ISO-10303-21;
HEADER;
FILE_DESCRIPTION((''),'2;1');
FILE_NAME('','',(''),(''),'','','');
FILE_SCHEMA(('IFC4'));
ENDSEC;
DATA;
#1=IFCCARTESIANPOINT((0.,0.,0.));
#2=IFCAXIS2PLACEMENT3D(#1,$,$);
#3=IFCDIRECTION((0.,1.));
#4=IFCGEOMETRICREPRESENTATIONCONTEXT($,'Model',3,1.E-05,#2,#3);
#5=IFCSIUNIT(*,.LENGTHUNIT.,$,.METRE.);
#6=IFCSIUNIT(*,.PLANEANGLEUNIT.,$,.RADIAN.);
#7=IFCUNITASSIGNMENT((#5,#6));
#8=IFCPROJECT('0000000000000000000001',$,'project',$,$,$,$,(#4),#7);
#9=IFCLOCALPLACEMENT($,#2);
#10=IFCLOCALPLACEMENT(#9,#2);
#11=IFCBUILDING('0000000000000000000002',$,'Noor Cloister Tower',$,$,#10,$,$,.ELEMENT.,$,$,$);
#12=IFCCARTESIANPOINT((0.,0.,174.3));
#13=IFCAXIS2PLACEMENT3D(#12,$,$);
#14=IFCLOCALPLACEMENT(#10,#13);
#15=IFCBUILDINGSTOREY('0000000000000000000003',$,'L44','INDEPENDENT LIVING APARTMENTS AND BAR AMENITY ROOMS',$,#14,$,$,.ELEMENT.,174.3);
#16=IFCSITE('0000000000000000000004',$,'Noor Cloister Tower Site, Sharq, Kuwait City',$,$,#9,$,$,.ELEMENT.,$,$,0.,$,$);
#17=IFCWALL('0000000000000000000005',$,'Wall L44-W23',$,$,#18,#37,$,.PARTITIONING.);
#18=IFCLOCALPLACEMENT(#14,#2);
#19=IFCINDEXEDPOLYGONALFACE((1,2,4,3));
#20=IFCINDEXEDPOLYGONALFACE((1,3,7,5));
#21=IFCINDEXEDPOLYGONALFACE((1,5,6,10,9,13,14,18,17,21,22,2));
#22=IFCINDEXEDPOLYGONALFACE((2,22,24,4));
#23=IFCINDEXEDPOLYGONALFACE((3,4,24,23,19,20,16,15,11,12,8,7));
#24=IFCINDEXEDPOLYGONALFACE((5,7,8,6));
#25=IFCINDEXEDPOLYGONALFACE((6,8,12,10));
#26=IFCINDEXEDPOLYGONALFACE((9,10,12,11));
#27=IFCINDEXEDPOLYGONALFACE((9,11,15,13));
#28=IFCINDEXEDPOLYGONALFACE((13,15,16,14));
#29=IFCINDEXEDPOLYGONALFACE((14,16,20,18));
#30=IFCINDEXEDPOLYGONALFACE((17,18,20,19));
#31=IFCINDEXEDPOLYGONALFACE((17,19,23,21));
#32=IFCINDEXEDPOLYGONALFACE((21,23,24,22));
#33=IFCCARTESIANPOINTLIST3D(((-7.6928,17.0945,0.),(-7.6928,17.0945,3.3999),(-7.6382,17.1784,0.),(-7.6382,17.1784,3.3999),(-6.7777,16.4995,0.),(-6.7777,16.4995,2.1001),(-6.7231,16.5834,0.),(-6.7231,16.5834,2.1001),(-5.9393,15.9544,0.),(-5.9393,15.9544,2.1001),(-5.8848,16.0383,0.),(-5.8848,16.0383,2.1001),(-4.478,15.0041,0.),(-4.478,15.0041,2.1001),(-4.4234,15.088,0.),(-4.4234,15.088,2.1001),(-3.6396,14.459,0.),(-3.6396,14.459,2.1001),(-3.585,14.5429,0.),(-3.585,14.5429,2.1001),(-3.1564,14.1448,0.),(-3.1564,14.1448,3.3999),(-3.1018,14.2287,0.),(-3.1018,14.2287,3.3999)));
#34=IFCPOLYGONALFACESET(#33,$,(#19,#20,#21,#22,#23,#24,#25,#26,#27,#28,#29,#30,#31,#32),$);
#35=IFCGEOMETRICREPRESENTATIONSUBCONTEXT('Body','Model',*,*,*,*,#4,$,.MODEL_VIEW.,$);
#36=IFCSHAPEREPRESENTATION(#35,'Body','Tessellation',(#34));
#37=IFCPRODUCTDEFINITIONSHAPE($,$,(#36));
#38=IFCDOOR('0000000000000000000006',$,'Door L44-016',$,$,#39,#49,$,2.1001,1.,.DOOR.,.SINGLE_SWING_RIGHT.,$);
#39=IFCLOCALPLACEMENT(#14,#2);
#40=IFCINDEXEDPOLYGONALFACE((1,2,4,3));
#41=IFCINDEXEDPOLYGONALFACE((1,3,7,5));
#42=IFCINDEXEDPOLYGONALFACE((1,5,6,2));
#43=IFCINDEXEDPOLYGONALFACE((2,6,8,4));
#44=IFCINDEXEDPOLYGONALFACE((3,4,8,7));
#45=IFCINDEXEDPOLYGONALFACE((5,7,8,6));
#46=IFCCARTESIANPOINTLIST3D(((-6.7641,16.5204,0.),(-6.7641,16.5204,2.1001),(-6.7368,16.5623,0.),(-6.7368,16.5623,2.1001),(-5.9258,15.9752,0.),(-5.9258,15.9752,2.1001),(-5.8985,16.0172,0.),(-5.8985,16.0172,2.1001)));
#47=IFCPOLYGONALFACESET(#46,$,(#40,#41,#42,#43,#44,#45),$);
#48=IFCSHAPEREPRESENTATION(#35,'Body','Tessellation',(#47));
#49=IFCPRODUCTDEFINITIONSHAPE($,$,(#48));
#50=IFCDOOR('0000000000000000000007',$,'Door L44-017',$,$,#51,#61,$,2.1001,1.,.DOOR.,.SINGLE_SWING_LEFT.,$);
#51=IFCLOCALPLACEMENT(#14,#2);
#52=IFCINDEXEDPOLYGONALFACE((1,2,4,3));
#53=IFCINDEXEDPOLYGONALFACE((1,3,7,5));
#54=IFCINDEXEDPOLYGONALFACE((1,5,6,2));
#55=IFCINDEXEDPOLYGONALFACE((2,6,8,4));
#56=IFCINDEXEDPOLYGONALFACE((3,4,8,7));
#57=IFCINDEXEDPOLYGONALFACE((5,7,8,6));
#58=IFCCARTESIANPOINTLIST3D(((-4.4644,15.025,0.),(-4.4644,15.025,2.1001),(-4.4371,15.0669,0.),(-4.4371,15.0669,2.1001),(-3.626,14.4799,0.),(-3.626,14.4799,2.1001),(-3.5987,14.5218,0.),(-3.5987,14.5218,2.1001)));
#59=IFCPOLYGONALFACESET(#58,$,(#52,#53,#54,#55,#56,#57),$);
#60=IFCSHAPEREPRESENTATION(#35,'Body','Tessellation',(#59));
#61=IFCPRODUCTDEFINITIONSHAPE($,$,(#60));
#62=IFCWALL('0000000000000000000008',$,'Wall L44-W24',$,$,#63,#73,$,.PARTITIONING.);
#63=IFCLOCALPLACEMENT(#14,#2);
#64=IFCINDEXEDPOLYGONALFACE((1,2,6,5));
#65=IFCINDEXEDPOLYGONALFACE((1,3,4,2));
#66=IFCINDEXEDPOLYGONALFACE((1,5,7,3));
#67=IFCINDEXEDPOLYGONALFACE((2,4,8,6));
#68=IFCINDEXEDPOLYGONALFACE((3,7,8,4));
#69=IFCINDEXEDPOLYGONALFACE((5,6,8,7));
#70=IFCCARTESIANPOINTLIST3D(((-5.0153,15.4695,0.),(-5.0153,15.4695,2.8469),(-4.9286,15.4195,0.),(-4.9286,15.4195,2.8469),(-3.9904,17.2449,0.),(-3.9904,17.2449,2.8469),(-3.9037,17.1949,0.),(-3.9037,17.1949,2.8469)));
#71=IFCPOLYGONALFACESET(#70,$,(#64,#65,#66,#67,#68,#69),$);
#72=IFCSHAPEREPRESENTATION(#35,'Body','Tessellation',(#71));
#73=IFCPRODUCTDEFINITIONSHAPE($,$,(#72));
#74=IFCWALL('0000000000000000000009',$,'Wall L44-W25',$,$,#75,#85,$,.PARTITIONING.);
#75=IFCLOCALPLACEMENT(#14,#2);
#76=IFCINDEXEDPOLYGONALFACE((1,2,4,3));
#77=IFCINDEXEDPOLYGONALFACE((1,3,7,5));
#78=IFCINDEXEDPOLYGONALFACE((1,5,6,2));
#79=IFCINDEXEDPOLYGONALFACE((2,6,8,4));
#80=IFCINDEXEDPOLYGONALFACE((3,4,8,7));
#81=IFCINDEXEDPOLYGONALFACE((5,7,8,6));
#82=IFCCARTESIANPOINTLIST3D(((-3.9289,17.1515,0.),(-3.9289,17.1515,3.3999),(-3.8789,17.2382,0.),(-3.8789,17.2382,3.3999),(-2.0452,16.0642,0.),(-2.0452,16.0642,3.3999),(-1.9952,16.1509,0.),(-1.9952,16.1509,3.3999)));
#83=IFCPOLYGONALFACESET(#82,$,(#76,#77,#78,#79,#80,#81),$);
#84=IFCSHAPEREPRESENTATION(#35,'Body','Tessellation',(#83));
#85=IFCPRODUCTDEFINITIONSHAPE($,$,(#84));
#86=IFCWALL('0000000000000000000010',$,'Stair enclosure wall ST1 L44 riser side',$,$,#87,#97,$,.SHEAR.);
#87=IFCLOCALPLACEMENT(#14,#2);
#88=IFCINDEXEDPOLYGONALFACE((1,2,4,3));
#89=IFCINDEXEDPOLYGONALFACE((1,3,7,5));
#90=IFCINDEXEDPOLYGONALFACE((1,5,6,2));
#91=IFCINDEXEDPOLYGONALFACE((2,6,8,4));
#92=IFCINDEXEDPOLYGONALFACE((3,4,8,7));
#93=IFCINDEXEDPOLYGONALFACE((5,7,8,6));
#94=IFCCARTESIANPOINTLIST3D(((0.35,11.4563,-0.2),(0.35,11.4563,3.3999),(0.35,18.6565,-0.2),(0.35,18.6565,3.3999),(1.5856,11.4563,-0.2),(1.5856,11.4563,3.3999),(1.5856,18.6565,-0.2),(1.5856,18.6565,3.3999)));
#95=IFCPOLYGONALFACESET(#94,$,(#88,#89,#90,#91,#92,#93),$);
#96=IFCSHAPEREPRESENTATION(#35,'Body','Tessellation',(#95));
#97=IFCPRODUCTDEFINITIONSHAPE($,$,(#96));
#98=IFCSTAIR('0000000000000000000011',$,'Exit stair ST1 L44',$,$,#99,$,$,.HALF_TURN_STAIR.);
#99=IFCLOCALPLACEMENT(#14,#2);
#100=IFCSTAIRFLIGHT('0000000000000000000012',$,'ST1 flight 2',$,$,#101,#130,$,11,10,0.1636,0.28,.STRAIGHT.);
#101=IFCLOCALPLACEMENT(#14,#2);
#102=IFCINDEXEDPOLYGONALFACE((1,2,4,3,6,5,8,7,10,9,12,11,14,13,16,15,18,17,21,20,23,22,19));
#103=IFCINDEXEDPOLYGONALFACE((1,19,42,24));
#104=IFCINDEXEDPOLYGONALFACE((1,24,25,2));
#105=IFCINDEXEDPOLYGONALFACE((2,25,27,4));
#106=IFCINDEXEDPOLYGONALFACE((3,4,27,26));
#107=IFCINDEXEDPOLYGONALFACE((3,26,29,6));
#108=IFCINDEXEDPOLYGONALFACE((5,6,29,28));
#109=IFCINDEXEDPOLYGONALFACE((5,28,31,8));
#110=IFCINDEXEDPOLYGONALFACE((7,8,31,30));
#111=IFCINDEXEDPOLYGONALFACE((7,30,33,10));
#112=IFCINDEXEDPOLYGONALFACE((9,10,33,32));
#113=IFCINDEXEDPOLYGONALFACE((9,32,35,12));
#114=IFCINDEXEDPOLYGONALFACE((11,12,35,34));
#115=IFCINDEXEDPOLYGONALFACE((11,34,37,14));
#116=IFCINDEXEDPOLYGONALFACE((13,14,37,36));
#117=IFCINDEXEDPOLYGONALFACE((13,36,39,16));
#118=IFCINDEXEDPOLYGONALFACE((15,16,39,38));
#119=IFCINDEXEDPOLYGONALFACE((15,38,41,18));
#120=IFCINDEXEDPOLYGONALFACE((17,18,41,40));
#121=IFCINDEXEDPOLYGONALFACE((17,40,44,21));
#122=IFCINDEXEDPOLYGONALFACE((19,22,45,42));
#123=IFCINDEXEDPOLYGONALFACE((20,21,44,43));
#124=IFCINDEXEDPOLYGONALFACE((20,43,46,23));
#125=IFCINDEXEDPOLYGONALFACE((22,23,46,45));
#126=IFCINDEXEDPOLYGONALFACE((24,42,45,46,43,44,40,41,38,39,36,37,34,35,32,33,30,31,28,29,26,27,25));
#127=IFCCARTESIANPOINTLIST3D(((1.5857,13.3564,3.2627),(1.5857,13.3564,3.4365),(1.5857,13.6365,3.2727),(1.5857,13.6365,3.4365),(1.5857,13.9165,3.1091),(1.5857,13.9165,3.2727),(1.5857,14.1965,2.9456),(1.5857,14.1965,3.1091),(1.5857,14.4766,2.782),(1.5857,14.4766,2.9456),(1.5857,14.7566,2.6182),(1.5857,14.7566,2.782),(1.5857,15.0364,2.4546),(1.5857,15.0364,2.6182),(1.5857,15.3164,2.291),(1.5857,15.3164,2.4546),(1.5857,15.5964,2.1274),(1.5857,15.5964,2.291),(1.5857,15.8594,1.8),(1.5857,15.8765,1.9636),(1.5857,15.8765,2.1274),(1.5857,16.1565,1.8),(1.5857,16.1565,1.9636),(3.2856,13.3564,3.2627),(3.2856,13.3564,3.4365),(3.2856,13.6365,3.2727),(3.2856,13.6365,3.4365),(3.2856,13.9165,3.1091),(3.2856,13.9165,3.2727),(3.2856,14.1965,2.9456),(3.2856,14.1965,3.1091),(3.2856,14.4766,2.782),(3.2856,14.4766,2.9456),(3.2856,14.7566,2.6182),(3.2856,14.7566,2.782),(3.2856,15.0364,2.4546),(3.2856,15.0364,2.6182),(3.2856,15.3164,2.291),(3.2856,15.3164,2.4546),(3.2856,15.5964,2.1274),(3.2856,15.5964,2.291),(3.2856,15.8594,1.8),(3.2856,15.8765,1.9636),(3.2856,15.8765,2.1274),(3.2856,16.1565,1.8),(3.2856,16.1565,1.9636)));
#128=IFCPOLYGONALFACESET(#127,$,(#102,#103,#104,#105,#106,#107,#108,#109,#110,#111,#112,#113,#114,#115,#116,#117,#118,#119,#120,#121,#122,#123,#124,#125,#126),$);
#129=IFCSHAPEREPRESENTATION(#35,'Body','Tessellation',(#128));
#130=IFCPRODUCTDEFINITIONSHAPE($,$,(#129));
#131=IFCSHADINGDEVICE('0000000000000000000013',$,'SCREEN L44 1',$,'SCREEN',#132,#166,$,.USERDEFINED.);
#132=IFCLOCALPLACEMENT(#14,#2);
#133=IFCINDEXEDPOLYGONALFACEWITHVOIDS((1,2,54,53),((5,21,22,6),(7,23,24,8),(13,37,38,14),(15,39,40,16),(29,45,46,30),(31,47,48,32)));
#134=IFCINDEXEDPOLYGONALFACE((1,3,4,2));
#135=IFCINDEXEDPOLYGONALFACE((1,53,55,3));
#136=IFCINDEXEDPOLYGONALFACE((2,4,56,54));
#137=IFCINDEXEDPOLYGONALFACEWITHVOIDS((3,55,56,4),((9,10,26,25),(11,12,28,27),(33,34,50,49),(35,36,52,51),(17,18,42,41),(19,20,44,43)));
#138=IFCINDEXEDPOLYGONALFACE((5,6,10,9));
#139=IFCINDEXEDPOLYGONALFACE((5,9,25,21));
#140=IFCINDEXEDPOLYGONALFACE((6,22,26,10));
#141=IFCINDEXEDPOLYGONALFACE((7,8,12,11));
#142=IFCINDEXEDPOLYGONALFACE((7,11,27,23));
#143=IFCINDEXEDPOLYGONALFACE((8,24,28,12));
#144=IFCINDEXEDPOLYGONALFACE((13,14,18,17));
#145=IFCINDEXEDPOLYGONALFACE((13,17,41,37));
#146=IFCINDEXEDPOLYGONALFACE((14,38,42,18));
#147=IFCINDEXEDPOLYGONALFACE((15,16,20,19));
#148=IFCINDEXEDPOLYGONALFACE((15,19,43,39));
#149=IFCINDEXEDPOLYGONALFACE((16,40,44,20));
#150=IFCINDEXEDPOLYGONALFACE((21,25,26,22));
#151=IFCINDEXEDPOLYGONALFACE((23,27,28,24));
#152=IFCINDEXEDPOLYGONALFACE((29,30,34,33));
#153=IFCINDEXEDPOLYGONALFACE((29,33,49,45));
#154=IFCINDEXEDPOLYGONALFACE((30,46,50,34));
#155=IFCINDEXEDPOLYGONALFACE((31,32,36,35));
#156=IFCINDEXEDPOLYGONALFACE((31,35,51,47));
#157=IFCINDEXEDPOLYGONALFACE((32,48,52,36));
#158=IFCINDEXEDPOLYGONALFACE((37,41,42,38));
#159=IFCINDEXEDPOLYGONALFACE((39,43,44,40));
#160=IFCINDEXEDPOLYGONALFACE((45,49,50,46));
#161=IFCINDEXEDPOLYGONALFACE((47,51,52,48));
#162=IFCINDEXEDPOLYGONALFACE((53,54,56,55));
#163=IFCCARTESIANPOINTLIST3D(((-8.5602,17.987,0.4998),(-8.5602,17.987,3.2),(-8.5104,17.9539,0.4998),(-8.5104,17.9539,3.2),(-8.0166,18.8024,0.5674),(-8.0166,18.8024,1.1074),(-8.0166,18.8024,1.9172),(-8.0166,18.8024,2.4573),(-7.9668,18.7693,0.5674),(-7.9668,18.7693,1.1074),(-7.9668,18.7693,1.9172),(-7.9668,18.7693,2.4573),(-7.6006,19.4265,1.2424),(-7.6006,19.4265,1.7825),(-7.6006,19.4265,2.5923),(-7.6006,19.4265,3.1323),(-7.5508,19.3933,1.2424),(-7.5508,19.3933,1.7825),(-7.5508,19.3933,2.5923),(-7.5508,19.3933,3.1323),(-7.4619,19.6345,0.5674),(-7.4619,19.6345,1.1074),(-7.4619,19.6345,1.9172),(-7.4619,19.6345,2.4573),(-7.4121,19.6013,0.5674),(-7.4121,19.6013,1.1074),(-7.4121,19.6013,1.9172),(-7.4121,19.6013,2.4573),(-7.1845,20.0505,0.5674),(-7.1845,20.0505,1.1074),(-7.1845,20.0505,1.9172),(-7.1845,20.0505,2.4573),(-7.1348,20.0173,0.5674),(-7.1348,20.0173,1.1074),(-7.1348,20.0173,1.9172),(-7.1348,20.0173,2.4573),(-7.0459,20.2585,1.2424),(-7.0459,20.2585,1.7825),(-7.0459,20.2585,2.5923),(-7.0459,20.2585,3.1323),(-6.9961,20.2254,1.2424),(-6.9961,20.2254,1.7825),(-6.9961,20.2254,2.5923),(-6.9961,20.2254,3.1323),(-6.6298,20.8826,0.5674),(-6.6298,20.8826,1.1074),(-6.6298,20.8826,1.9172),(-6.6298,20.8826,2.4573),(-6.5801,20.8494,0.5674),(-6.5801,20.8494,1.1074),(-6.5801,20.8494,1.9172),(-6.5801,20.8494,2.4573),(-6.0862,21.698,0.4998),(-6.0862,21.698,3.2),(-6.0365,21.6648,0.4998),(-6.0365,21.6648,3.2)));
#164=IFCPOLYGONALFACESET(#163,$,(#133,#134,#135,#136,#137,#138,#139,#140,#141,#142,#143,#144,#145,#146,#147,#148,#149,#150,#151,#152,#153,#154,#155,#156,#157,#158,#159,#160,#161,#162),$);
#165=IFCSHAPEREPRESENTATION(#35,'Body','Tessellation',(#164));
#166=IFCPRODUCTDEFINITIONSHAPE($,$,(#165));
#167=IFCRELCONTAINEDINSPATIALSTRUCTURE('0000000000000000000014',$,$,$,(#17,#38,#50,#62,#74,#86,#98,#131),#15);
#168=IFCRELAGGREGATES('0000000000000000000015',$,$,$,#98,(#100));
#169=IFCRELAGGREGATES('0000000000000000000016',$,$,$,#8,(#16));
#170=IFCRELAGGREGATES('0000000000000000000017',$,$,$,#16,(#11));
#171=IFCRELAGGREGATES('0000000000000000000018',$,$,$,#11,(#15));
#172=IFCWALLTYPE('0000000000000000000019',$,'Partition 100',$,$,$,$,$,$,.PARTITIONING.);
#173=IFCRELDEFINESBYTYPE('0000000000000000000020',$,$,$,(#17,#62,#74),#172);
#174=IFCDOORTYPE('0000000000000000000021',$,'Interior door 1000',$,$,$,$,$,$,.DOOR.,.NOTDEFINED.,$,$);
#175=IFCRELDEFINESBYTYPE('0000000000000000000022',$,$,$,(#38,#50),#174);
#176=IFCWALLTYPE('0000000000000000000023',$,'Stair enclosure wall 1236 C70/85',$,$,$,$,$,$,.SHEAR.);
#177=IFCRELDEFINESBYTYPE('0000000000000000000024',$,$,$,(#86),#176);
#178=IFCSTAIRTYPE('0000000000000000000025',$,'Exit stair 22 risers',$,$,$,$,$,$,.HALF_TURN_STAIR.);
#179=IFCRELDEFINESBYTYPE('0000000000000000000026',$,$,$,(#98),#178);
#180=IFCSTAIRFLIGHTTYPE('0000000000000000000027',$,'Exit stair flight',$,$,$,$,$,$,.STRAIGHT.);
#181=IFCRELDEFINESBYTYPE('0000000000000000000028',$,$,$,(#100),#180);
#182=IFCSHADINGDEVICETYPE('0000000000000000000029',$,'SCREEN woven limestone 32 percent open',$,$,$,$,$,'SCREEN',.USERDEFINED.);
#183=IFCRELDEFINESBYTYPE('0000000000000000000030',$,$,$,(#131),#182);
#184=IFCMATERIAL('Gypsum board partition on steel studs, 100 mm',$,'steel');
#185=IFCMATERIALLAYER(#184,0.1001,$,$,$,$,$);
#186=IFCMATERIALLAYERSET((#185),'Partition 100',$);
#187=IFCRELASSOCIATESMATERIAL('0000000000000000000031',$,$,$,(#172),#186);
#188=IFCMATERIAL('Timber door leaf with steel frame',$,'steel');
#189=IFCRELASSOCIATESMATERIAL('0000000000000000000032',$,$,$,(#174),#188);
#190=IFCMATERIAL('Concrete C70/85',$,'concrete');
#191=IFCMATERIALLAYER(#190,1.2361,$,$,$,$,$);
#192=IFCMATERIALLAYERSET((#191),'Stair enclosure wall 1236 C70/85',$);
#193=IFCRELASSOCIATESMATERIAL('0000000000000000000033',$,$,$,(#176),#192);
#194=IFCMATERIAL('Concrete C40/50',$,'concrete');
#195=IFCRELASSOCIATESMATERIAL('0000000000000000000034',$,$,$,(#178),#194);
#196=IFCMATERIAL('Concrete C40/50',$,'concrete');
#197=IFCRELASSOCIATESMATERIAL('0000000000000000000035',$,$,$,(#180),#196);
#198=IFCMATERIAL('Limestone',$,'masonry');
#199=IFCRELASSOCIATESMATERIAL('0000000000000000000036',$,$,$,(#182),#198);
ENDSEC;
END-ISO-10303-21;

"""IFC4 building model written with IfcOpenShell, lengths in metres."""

from ifc_helpers import new_model, si_unit, direction, frame, frame_2d, origin, place, context, subcontext, project, spatial, polyline, rectangle, outline, extrude, material, layer, layer_set, material_profile, profile_set, type_object, element, fill, aggregate, save


model = new_model("IFC4")

# Units and contexts
model_context = context("Model", 3, precision=1e-05, world=origin(), true_north=direction((0.0, 1.0)))
body_context = subcontext(model_context, "Body", "Model", "MODEL_VIEW")
ifc_project = project(units=[si_unit("LENGTHUNIT", "METRE"), si_unit("PLANEANGLEUNIT", "RADIAN")], contexts=[model_context])

# Site, building, storey
site_placement = place(None, origin())
site = spatial("IfcSite", under=ifc_project, at=site_placement, Name="Noor Cloister Tower Site, Sharq, Kuwait City", CompositionType="ELEMENT", RefElevation=0.0)
building_placement = place(site_placement, origin())
building = spatial("IfcBuilding", under=site, at=building_placement, Name="Noor Cloister Tower", CompositionType="ELEMENT")
storey_placement = place(building_placement, frame((0.0, 0.0, 174.3)))
storey = spatial("IfcBuildingStorey", under=building, at=storey_placement, Name="L44", Description="INDEPENDENT LIVING APARTMENTS AND BAR AMENITY ROOMS", CompositionType="ELEMENT", Elevation=174.3)

# Wall, openings, doors
ifc_material_1 = material(Name="Gypsum board partition on steel studs, 100 mm", Category="steel")
ifc_layer_1 = layer(ifc_material_1, 0.1001)
ifc_layer_set_1 = layer_set([ifc_layer_1], Name="Partition 100")
wall_type_1 = type_object("IfcWallType", Name="Partition 100", PredefinedType="PARTITIONING", material=ifc_layer_set_1)
wall_1_placement = place(storey_placement, frame((-7.6655, 17.1365, 0.0), z_axis=(0.0, 0.0, 1.0), x_axis=(0.838354, -0.545126, 0.0)))
wall_1 = element("IfcWall", 1, at=wall_1_placement, inside=storey, type_object=wall_type_1, Name="Wall L44-W23", PredefinedType="PARTITIONING", context=body_context, shape_type="SweptSolid", body=[
    extrude(rectangle(XDim=5.4111, YDim=0.1001, at=frame_2d((2.7056, 0.0))), origin(), (0.0, 0.0, 1.0), 3.3999),
])
opening_1_placement = place(wall_1_placement, frame((1.0916, 0.0, 0.0)))
opening_1 = element("IfcOpeningElement", 2, at=opening_1_placement, cuts=wall_1, PredefinedType="OPENING", context=body_context, shape_type="SweptSolid", body=[
    extrude(rectangle(XDim=1.0, YDim=2.1001, at=frame_2d((0.5, 1.05))), frame((0.0, 0.0601, 0.0), z_axis=(0.0, -1.0, 0.0), x_axis=(1.0, 0.0, 0.0)), (0.0, 0.0, 1.0), 0.1201),
])
opening_2_placement = place(wall_1_placement, frame((3.8347, 0.0, 0.0)))
opening_2 = element("IfcOpeningElement", 3, at=opening_2_placement, cuts=wall_1, PredefinedType="OPENING", context=body_context, shape_type="SweptSolid", body=[
    extrude(rectangle(XDim=1.0, YDim=2.1001, at=frame_2d((0.5, 1.05))), frame((0.0, 0.0601, 0.0), z_axis=(0.0, -1.0, 0.0), x_axis=(1.0, 0.0, 0.0)), (0.0, 0.0, 1.0), 0.1201),
])
ifc_material_2 = material(Name="Timber door leaf with steel frame", Category="steel")
door_type_1 = type_object("IfcDoorType", Name="Interior door 1000", OperationType="NOTDEFINED", PredefinedType="DOOR", material=ifc_material_2)
door_1_placement = place(opening_1_placement, origin())
door_1 = element("IfcDoor", 4, at=door_1_placement, inside=storey, type_object=door_type_1, Name="Door L44-016", OperationType="SINGLE_SWING_RIGHT", OverallHeight=2.1001, OverallWidth=1.0, PredefinedType="DOOR", context=body_context, shape_type="SweptSolid", body=[
    extrude(rectangle(XDim=1.0, YDim=2.1001, at=frame_2d((0.5, 1.05))), frame((0.0, 0.0249, 0.0), z_axis=(0.0, -1.0, 0.0), x_axis=(1.0, 0.0, 0.0)), (0.0, 0.0, 1.0), 0.05),
])
fill(opening_1, door_1)
door_2_placement = place(opening_2_placement, origin())
door_2 = element("IfcDoor", 5, at=door_2_placement, inside=storey, type_object=door_type_1, Name="Door L44-017", OperationType="SINGLE_SWING_LEFT", OverallHeight=2.1001, OverallWidth=1.0, PredefinedType="DOOR", context=body_context, shape_type="SweptSolid", body=[
    extrude(rectangle(XDim=1.0, YDim=2.1001, at=frame_2d((0.5, 1.05))), frame((0.0, 0.0249, 0.0), z_axis=(0.0, -1.0, 0.0), x_axis=(1.0, 0.0, 0.0)), (0.0, 0.0, 1.0), 0.05),
])
fill(opening_2, door_2)

# Walls
wall_2_placement = place(storey_placement, frame((-4.9719, 15.4446, 0.0), z_axis=(0.0, 0.0, 1.0), x_axis=(0.499956, 0.866051, 0.0)))
element("IfcWall", 6, at=wall_2_placement, inside=storey, type_object=wall_type_1, Name="Wall L44-W24", PredefinedType="PARTITIONING", context=body_context, shape_type="SweptSolid", body=[
    extrude(rectangle(XDim=2.05, YDim=0.1001, at=frame_2d((1.0249, 0.0))), origin(), (0.0, 0.0, 1.0), 2.8469),
])
wall_3_placement = place(storey_placement, frame((-3.9038, 17.1948, 0.0), z_axis=(0.0, 0.0, 1.0), x_axis=(0.866066, -0.49993, 0.0)))
element("IfcWall", 7, at=wall_3_placement, inside=storey, type_object=wall_type_1, Name="Wall L44-W25", PredefinedType="PARTITIONING", context=body_context, shape_type="SweptSolid", body=[
    extrude(rectangle(XDim=2.175, YDim=0.1001, at=frame_2d((1.0874, 0.0))), origin(), (0.0, 0.0, 1.0), 3.3999),
])
ifc_material_3 = material(Name="Concrete C70/85", Category="concrete")
ifc_layer_2 = layer(ifc_material_3, 1.2361)
ifc_layer_set_2 = layer_set([ifc_layer_2], Name="Stair enclosure wall 1236 C70/85")
wall_type_2 = type_object("IfcWallType", Name="Stair enclosure wall 1236 C70/85", PredefinedType="SHEAR", material=ifc_layer_set_2)
wall_4_placement = place(storey_placement, frame((0.9678, 11.4563, -0.2), z_axis=(0.0, 0.0, 1.0), x_axis=(0.0, 1.0, 0.0)))
element("IfcWall", 8, at=wall_4_placement, inside=storey, type_object=wall_type_2, Name="Stair enclosure wall ST1 L44 riser side", PredefinedType="SHEAR", context=body_context, shape_type="SweptSolid", body=[
    extrude(rectangle(XDim=7.2002, YDim=1.2356, at=frame_2d((3.6001, 0.0))), origin(), (0.0, 0.0, 1.0), 3.5999),
])

# Stair, stair flight
ifc_material_4 = material(Name="Concrete C40/50", Category="concrete")
stair_type = type_object("IfcStairType", Name="Exit stair 22 risers", PredefinedType="HALF_TURN_STAIR", material=ifc_material_4)
stair_placement = place(storey_placement, origin())
stair = element("IfcStair", 9, at=stair_placement, inside=storey, type_object=stair_type, Name="Exit stair ST1 L44", PredefinedType="HALF_TURN_STAIR")
ifc_material_5 = material(Name="Concrete C40/50", Category="concrete")
stair_flight_type = type_object("IfcStairFlightType", Name="Exit stair flight", PredefinedType="STRAIGHT", material=ifc_material_5)
stair_flight_placement = place(storey_placement, frame((2.4355, 16.1565, 1.8), z_axis=(0.0, 0.0, 1.0), x_axis=(0.0, -1.0, 0.0)))
stair_flight = element("IfcStairFlight", 10, at=stair_flight_placement, type_object=stair_flight_type, Name="ST1 flight 2", NumberOfRisers=11, NumberOfTreads=10, PredefinedType="STRAIGHT", RiserHeight=0.1636, TreadLength=0.28, context=body_context, shape_type="SweptSolid", body=[
    extrude(outline(polyline([(0.0, 0.0), (0.0, 0.1636), (0.28, 0.1636), (0.28, 0.3274), (0.5601, 0.3274), (0.5601, 0.491), (0.8401, 0.491), (0.8401, 0.6545), (1.1201, 0.6545), (1.1201, 0.8181), (1.3999, 0.8181), (1.3999, 0.9819), (1.6799, 0.9819), (1.6799, 1.1455), (1.96, 1.1455), (1.96, 1.3091), (2.24, 1.3091), (2.24, 1.4727), (2.52, 1.4727), (2.52, 1.6365), (2.8, 1.6365), (2.8, 1.8), (2.8, 1.4626), (0.2971, 0.0), (0.0, 0.0)])), frame((0.0, 0.8501, 0.0), z_axis=(0.0, -1.0, 0.0), x_axis=(1.0, 0.0, 0.0)), (0.0, 0.0, 1.0), 1.7),
])
aggregate(stair, [stair_flight])

# Shading device
ifc_material_6 = material(Name="Limestone", Category="masonry")
ifc_material_profile_1 = material_profile(ifc_material_6, outline(polyline([(-2.23, -1.3501), (2.23, -1.3501), (2.23, 1.3501), (-2.23, 1.3501), (-2.23, -1.3501)]), holes=[polyline([(-1.25, -1.2825), (-0.25, -1.2825), (-0.25, -0.7424), (-1.25, -0.7424), (-1.25, -1.2825)]), polyline([(0.25, -1.2825), (1.25, -1.2825), (1.25, -0.7424), (0.25, -0.7424), (0.25, -1.2825)]), polyline([(-0.5, -0.6074), (0.5, -0.6074), (0.5, -0.0674), (-0.5, -0.0674), (-0.5, -0.6074)]), polyline([(-1.25, 0.0674), (-0.25, 0.0674), (-0.25, 0.6074), (-1.25, 0.6074), (-1.25, 0.0674)]), polyline([(0.25, 0.0674), (1.25, 0.0674), (1.25, 0.6074), (0.25, 0.6074), (0.25, 0.0674)]), polyline([(-0.5, 0.7424), (0.5, 0.7424), (0.5, 1.2825), (-0.5, 1.2825), (-0.5, 0.7424)])]), Name="Woven screen 32 percent open")
ifc_profile_set_1 = profile_set([ifc_material_profile_1], Name="Limestone")
shading_device_type = type_object("IfcShadingDeviceType", Name="SCREEN woven limestone 32 percent open", ElementType="SCREEN", PredefinedType="USERDEFINED", material=ifc_profile_set_1)
shading_device_placement = place(storey_placement, frame((-7.2734, 19.8093, 1.8499), z_axis=(-0.83205, 0.5547, 0.0), x_axis=(-0.5547, -0.83205, 0.0)))
element("IfcShadingDevice", 11, at=shading_device_placement, inside=storey, type_object=shading_device_type, Name="SCREEN L44 1", ObjectType="SCREEN", PredefinedType="USERDEFINED", context=body_context, shape_type="SweptSolid", body=[
    extrude(outline(polyline([(-2.23, -1.3501), (2.23, -1.3501), (2.23, 1.3501), (-2.23, 1.3501), (-2.23, -1.3501)]), holes=[polyline([(-1.25, -1.2825), (-0.25, -1.2825), (-0.25, -0.7424), (-1.25, -0.7424), (-1.25, -1.2825)]), polyline([(0.25, -1.2825), (1.25, -1.2825), (1.25, -0.7424), (0.25, -0.7424), (0.25, -1.2825)]), polyline([(-0.5, -0.6074), (0.5, -0.6074), (0.5, -0.0674), (-0.5, -0.0674), (-0.5, -0.6074)]), polyline([(-1.25, 0.0674), (-0.25, 0.0674), (-0.25, 0.6074), (-1.25, 0.6074), (-1.25, 0.0674)]), polyline([(0.25, 0.0674), (1.25, 0.0674), (1.25, 0.6074), (0.25, 0.6074), (0.25, 0.0674)]), polyline([(-0.5, 0.7424), (0.5, 0.7424), (0.5, 1.2825), (-0.5, 1.2825), (-0.5, 0.7424)])]), origin(), (0.0, 0.0, 1.0), 0.0598),
])

save(model, "model.ifc")
